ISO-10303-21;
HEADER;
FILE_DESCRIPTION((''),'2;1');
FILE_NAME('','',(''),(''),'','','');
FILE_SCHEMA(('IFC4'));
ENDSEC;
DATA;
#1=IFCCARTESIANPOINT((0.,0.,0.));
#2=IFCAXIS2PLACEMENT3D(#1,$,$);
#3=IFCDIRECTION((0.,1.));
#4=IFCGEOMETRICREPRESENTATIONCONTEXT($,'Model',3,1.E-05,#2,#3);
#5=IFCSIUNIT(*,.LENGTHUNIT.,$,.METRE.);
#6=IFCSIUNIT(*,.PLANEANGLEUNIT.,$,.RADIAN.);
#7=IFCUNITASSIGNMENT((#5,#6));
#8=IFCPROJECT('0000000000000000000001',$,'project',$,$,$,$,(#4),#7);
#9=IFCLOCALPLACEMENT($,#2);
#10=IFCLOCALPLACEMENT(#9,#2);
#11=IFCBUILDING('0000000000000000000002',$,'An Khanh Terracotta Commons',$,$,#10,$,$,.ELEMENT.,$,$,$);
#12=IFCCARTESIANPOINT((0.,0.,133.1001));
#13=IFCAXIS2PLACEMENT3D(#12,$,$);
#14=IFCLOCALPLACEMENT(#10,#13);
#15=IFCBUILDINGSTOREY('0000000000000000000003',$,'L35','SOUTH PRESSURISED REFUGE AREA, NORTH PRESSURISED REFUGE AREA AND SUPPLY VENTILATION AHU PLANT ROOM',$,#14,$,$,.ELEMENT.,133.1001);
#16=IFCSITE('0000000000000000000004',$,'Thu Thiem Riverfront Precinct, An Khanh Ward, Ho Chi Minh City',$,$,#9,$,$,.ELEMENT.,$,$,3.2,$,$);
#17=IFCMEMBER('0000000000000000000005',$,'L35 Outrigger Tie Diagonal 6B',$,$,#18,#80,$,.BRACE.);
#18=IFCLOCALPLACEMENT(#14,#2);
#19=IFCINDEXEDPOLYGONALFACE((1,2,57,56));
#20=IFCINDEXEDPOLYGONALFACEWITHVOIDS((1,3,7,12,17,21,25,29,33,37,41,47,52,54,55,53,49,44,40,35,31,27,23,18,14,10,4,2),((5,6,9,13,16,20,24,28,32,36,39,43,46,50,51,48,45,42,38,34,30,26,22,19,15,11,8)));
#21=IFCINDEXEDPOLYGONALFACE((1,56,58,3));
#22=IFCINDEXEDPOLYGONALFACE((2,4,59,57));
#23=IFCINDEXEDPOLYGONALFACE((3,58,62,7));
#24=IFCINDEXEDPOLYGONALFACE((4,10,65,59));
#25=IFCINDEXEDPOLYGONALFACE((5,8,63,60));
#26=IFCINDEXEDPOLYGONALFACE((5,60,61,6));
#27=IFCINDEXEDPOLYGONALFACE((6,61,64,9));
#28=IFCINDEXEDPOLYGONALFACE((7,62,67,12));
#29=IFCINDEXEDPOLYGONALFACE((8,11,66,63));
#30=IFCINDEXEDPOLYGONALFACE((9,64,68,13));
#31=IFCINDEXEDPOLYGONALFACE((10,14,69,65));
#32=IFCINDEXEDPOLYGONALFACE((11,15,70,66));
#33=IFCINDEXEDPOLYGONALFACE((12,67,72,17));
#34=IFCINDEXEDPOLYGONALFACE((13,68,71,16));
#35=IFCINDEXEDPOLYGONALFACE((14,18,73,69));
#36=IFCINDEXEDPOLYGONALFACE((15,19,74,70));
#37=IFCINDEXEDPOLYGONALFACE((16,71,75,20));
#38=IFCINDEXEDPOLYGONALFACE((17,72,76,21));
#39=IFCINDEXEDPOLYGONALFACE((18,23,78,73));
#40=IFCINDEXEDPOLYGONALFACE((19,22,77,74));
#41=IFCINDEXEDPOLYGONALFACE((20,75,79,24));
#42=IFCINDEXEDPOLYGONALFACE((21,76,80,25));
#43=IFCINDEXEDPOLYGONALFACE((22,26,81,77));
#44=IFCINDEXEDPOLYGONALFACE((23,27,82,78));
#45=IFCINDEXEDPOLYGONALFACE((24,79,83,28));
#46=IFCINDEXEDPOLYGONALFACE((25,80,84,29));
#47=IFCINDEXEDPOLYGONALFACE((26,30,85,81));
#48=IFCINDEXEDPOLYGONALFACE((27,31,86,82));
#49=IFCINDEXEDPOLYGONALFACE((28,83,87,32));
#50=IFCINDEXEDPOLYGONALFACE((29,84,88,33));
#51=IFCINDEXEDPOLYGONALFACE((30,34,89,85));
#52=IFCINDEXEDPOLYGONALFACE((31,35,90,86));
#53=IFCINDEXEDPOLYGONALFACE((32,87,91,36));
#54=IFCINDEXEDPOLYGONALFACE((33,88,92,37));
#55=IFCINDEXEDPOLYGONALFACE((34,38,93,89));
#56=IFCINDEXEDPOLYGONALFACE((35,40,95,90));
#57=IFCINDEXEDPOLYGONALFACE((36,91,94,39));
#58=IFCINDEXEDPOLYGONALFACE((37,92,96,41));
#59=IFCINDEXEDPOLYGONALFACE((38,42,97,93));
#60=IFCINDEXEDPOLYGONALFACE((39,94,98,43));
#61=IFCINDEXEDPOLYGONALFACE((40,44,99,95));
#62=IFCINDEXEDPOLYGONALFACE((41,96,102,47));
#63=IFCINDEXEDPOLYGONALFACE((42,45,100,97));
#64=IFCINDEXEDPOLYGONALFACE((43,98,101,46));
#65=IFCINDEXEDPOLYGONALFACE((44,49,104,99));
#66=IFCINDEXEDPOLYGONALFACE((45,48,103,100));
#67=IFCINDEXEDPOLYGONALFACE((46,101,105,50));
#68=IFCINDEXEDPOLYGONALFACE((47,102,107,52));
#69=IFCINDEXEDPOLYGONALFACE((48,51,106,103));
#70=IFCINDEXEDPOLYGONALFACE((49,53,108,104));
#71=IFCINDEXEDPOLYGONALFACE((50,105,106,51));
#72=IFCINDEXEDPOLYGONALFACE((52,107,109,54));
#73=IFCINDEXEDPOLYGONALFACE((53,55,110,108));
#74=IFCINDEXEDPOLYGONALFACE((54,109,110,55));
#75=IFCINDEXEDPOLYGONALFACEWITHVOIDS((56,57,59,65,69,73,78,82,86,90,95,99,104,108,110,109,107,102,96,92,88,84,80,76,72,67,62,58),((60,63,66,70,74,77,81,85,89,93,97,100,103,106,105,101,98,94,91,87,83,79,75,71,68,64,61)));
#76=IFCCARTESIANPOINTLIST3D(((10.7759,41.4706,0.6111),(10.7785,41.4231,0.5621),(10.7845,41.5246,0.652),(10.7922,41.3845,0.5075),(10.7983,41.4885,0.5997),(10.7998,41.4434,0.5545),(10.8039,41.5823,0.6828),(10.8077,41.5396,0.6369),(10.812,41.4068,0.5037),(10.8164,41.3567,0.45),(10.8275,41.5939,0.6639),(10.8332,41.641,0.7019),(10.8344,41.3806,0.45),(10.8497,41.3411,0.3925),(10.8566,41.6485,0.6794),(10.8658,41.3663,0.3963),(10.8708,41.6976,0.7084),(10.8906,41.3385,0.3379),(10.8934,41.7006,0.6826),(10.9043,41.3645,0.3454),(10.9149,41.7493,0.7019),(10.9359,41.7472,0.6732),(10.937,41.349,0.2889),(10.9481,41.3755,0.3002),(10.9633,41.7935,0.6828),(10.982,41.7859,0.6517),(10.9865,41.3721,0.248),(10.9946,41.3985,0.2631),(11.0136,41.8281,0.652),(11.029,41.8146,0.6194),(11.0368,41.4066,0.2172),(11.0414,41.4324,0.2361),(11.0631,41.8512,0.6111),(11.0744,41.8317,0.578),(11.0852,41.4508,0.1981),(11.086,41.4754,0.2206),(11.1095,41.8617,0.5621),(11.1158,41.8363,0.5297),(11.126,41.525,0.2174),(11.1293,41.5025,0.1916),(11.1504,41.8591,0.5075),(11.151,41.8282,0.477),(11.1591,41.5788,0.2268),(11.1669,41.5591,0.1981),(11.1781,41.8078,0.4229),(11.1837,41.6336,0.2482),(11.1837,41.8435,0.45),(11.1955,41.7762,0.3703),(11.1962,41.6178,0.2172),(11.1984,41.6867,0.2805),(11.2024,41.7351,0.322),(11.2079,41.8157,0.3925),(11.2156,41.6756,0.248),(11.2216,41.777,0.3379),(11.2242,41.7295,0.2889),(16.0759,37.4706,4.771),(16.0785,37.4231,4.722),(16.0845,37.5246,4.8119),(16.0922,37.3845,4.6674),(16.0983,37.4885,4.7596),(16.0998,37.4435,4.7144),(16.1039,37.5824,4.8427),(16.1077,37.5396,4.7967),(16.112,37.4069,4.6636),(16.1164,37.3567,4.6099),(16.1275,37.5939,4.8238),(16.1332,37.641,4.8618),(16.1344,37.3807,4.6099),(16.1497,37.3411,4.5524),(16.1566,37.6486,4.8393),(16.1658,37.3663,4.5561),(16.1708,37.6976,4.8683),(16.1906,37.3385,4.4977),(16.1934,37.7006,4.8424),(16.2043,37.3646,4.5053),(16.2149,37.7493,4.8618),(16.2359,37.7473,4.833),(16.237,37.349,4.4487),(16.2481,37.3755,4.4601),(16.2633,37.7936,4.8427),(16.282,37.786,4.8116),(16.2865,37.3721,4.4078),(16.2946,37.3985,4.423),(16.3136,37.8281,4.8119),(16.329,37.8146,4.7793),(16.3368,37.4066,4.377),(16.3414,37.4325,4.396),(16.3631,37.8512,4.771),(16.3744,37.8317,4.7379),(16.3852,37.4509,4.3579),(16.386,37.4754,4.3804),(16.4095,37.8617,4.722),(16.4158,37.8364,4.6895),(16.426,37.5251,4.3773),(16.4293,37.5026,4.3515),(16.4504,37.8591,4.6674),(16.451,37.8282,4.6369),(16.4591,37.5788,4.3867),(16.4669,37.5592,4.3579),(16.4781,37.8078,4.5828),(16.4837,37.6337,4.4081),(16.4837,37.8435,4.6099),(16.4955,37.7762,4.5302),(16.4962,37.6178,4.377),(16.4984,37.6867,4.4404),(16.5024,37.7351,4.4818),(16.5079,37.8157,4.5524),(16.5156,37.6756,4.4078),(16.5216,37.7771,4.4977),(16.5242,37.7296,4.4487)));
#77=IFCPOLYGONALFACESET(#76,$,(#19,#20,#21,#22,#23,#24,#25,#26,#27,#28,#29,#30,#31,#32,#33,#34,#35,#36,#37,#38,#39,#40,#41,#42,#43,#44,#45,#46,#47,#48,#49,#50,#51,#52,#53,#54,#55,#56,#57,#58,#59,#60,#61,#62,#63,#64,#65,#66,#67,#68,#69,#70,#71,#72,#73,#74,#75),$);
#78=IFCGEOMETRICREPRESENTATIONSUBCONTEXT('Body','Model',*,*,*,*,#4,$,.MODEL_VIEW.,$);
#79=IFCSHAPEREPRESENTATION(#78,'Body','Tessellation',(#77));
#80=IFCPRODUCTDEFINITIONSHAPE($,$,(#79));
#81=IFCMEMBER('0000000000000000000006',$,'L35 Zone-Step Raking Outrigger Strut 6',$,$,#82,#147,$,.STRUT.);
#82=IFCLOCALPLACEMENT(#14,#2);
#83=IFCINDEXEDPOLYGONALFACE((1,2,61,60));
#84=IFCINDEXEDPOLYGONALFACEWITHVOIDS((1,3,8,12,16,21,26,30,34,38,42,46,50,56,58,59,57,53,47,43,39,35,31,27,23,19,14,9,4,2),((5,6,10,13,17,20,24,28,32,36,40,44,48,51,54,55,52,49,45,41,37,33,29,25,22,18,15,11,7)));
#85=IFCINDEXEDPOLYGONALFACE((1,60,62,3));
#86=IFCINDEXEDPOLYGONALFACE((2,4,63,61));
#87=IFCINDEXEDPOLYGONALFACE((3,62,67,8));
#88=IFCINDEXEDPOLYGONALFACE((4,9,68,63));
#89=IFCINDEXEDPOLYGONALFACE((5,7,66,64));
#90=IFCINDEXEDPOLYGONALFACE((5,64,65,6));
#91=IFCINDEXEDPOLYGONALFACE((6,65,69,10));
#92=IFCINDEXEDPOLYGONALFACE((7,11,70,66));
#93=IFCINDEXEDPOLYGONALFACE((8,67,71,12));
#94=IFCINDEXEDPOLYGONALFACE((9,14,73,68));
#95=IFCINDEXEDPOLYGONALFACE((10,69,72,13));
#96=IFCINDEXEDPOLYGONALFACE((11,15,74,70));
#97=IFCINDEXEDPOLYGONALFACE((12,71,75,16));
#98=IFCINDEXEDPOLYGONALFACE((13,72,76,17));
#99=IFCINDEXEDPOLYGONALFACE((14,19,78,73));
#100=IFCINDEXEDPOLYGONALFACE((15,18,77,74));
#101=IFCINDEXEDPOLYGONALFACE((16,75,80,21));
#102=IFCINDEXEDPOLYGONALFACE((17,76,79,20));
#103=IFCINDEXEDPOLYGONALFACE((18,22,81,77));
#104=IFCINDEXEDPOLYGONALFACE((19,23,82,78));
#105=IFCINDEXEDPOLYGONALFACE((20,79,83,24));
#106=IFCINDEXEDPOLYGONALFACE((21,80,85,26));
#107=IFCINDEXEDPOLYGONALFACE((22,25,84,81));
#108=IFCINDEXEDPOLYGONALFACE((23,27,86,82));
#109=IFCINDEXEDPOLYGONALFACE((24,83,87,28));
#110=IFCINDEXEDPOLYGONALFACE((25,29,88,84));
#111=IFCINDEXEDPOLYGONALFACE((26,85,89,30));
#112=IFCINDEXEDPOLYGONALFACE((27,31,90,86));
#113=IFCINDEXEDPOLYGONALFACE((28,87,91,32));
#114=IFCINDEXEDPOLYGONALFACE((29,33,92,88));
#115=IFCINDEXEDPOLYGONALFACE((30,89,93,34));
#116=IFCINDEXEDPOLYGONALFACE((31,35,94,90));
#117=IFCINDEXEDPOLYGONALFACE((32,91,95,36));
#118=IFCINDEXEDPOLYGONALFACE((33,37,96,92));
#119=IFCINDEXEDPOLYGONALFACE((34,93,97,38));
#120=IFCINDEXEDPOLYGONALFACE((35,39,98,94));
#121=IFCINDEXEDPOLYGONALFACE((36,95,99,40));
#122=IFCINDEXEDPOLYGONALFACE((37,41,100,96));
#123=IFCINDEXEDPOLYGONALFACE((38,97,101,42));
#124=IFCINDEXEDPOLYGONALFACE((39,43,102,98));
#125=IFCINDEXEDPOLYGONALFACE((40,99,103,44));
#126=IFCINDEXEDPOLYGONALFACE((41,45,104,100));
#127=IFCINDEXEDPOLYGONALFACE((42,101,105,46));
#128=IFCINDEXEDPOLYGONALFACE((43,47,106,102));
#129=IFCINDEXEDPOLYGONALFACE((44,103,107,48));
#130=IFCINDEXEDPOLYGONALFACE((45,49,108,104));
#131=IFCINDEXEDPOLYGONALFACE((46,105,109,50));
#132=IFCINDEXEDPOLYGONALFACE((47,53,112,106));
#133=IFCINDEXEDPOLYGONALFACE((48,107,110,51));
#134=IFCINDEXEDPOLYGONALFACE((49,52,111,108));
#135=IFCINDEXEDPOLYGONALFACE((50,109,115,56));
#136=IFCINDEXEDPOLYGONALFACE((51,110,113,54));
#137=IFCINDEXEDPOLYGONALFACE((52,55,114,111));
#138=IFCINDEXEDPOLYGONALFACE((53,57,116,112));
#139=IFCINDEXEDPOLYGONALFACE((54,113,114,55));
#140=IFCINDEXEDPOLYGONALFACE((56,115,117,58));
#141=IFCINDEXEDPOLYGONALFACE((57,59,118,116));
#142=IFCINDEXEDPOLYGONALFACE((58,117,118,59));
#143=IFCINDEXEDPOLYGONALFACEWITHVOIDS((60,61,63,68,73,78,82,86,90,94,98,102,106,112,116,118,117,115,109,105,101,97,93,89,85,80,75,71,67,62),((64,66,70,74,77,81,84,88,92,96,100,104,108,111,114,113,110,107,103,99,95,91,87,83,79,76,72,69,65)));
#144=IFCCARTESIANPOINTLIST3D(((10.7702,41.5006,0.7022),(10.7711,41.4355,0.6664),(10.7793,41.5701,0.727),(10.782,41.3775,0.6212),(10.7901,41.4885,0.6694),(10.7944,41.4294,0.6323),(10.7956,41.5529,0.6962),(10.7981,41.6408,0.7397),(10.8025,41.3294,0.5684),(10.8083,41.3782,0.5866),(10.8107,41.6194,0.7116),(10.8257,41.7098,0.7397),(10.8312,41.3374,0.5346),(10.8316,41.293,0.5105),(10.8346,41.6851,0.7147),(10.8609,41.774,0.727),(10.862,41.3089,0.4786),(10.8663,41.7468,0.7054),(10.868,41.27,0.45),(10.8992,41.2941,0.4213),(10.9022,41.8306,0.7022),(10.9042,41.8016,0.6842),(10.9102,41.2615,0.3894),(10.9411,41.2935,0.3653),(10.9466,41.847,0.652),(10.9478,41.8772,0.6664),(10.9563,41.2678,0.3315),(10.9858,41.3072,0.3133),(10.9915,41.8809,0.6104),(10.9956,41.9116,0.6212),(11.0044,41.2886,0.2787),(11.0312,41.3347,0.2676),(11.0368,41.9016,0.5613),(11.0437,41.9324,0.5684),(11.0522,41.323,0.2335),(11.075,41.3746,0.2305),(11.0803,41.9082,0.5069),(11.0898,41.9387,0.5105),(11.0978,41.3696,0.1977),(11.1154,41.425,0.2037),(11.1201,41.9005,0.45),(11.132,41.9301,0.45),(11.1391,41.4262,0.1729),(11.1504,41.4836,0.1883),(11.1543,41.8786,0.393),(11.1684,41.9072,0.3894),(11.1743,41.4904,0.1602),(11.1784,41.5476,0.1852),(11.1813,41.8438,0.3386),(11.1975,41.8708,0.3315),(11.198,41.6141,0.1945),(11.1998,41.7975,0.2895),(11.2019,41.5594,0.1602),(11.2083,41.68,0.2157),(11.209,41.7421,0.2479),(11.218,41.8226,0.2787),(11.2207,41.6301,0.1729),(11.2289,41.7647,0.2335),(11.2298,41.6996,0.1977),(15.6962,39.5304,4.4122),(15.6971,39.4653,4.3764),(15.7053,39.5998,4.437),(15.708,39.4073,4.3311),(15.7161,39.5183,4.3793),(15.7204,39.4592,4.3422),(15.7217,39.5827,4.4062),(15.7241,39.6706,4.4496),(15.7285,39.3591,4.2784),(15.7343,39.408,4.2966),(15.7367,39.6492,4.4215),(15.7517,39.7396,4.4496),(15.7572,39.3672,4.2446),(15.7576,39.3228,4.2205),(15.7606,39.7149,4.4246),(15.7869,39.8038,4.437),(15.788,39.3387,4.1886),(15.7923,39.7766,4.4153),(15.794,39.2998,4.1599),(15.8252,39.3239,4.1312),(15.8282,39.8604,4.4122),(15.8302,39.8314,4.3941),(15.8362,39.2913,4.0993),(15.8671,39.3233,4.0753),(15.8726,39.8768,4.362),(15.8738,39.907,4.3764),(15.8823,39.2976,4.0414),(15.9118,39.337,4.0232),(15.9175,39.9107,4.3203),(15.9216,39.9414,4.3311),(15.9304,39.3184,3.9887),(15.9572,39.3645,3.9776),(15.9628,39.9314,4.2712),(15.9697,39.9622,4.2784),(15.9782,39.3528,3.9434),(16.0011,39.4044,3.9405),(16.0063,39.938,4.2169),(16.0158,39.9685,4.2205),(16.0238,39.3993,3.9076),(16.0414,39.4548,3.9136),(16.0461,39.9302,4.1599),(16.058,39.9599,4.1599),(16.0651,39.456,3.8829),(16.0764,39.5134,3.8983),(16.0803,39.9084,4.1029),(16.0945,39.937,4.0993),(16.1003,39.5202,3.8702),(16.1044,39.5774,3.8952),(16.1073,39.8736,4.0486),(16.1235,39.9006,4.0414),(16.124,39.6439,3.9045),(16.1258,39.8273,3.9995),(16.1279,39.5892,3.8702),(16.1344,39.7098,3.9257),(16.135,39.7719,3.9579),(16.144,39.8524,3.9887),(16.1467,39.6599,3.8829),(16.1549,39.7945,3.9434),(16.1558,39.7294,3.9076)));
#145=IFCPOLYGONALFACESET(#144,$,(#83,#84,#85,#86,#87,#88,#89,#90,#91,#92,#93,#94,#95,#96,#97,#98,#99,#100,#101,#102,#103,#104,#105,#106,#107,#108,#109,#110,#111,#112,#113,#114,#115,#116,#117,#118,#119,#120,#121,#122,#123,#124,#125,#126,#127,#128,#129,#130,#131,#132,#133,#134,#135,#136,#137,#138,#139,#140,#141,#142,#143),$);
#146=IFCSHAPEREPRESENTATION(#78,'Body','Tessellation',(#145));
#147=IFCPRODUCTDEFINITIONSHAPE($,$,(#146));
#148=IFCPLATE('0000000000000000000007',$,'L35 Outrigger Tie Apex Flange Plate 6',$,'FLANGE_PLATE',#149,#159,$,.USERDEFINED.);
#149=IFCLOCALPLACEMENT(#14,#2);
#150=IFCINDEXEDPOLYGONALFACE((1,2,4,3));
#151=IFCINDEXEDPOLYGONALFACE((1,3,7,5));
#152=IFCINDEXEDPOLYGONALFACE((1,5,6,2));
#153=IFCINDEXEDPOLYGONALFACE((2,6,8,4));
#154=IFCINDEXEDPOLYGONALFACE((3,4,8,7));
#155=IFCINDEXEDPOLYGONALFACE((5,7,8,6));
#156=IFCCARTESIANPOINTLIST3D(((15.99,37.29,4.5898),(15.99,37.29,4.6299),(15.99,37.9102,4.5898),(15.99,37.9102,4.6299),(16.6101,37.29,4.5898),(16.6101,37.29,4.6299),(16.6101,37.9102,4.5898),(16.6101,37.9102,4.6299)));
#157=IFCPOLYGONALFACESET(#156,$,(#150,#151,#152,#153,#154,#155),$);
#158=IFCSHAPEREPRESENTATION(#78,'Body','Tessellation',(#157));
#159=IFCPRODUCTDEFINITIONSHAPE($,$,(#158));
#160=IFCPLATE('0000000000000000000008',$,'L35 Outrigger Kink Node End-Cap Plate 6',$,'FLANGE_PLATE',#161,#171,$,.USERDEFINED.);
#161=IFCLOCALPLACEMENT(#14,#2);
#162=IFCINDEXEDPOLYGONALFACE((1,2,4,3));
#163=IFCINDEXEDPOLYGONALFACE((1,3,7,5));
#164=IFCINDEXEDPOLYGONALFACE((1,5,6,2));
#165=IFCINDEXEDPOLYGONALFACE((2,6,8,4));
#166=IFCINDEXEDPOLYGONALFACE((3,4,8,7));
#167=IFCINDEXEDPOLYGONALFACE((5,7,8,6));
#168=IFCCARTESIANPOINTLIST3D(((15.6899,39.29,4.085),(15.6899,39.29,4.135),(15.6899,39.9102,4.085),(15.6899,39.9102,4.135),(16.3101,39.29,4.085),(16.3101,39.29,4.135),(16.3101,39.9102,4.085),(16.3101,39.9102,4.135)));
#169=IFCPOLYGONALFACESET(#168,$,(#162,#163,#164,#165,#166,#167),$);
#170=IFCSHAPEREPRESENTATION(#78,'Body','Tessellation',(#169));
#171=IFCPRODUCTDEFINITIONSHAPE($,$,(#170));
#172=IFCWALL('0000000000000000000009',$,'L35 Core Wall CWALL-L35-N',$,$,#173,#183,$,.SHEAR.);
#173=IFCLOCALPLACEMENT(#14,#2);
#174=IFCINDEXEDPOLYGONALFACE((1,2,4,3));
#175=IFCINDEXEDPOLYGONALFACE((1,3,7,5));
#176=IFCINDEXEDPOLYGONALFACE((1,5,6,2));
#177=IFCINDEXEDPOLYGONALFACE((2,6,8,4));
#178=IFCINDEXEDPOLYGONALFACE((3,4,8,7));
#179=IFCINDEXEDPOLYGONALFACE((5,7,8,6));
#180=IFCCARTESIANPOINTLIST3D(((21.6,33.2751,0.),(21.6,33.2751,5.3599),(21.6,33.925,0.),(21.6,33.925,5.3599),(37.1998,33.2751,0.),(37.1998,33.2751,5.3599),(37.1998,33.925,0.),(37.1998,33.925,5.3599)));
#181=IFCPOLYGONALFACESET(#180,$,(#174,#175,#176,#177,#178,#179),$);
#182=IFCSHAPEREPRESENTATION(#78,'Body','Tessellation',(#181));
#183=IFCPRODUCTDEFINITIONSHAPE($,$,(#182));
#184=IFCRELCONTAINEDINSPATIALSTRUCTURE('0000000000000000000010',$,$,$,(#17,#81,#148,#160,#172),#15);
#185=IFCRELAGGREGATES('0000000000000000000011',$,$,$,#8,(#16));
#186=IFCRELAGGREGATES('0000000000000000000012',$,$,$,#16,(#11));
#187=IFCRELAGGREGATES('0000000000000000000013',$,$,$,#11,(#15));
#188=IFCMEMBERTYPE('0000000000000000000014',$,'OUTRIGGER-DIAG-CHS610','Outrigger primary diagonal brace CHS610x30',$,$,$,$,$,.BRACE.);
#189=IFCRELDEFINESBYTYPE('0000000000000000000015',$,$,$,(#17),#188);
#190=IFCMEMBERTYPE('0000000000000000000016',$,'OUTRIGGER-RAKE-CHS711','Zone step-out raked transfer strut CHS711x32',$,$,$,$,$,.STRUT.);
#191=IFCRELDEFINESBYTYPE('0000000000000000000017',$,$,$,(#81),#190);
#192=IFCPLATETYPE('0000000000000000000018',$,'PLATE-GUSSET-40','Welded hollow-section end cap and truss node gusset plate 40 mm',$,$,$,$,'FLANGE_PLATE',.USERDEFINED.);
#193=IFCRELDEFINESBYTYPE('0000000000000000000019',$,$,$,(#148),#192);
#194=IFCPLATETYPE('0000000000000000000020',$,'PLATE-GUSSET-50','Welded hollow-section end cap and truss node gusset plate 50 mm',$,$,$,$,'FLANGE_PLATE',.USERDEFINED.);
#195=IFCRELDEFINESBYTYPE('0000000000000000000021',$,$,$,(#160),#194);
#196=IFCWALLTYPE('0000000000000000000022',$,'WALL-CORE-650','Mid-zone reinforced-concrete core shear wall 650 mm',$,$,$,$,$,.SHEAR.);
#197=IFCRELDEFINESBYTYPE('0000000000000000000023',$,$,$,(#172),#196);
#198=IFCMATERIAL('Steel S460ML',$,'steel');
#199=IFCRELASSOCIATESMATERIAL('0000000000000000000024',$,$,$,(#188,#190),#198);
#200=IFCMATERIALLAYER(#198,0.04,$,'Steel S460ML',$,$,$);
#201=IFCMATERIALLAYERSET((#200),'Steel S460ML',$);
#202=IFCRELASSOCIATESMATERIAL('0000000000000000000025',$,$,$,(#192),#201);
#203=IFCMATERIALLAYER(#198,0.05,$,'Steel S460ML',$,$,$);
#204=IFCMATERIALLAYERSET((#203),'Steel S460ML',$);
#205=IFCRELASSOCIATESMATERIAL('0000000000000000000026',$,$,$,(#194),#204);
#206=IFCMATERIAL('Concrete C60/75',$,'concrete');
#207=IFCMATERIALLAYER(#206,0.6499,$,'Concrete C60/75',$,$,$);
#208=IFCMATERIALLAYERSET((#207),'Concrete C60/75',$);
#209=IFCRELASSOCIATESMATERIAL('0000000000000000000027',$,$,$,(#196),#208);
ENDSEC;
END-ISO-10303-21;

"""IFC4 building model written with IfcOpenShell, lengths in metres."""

from ifc_helpers import new_model, si_unit, direction, frame, frame_2d, origin, origin_2d, place, context, subcontext, project, spatial, rectangle, hollow_circle, extrude, material, layer, layer_set, material_profile, profile_set, type_object, element, save


model = new_model("IFC4")

# Units and contexts
model_context = context("Model", 3, precision=1e-05, world=origin(), true_north=direction((0.0, 1.0)))
body_context = subcontext(model_context, "Body", "Model", "MODEL_VIEW")
ifc_project = project(units=[si_unit("LENGTHUNIT", "METRE"), si_unit("PLANEANGLEUNIT", "RADIAN")], contexts=[model_context])

# Site, building, storey
site_placement = place(None, origin())
site = spatial("IfcSite", under=ifc_project, at=site_placement, Name="Thu Thiem Riverfront Precinct, An Khanh Ward, Ho Chi Minh City", CompositionType="ELEMENT", RefElevation=3.2)
building_placement = place(site_placement, origin())
building = spatial("IfcBuilding", under=site, at=building_placement, Name="An Khanh Terracotta Commons", CompositionType="ELEMENT")
storey_placement = place(building_placement, frame((0.0, 0.0, 133.1001)))
storey = spatial("IfcBuildingStorey", under=building, at=storey_placement, Name="L35", Description="SOUTH PRESSURISED REFUGE AREA, NORTH PRESSURISED REFUGE AREA AND SUPPLY VENTILATION AHU PLANT ROOM", CompositionType="ELEMENT", Elevation=133.1001)

# Shared definitions
ifc_material_1 = material(Name="Steel S460ML", Category="steel")

# Shared definitions
ifc_material_2 = material(Name="Concrete C60/75", Category="concrete")

# Members
ifc_material_profile_1 = material_profile(ifc_material_1, hollow_circle(Radius=0.3049, WallThickness=0.03, at=origin_2d()), Name="CHS610x30")
ifc_profile_set_1 = profile_set([ifc_material_profile_1], Name="Steel S460ML")
member_type_1 = type_object("IfcMemberType", Name="OUTRIGGER-DIAG-CHS610", Description="Outrigger primary diagonal brace CHS610x30", PredefinedType="BRACE", material=ifc_profile_set_1)
for number, where, z_axis, x_axis, name in (
    (1, (16.3, 37.6001, 4.6099), (-0.676413, 0.510496, -0.530904), (-0.602403, -0.798192, 0.0), "L35 Outrigger Tie Diagonal 6B"),
):
    element("IfcMember", number, at=place(storey_placement, frame(where, z_axis=z_axis, x_axis=x_axis)), inside=storey, type_object=member_type_1, Name=name, PredefinedType="BRACE", context=body_context, shape_type="SweptSolid", body=[
        extrude(hollow_circle(Radius=0.3049, WallThickness=0.03, at=origin_2d()), origin(), (0.0, 0.0, 1.0), 7.8354),
    ])
ifc_material_profile_2 = material_profile(ifc_material_1, hollow_circle(Radius=0.3555, WallThickness=0.032, at=origin_2d()), Name="CHS711x32")
ifc_profile_set_2 = profile_set([ifc_material_profile_2], Name="Steel S460ML")
member_type_2 = type_object("IfcMemberType", Name="OUTRIGGER-RAKE-CHS711", Description="Zone step-out raked transfer strut CHS711x32", PredefinedType="STRUT", material=ifc_profile_set_2)
member_1_placement = place(storey_placement, frame((11.0, 41.6001, 0.45), z_axis=(0.760906, -0.304332, 0.573065), x_axis=(0.371359, 0.928489, 0.0)))
element("IfcMember", 2, at=member_1_placement, inside=storey, type_object=member_type_2, Name="L35 Zone-Step Raking Outrigger Strut 6", PredefinedType="STRUT", context=body_context, shape_type="SweptSolid", body=[
    extrude(hollow_circle(Radius=0.3555, WallThickness=0.032, at=origin_2d()), origin(), (0.0, 0.0, 1.0), 6.4739),
])

# Plates
ifc_layer_1 = layer(ifc_material_1, 0.04, Name="Steel S460ML")
ifc_layer_set_1 = layer_set([ifc_layer_1], Name="Steel S460ML")
plate_type_1 = type_object("IfcPlateType", Name="PLATE-GUSSET-40", Description="Welded hollow-section end cap and truss node gusset plate 40 mm", ElementType="FLANGE_PLATE", PredefinedType="USERDEFINED", material=ifc_layer_set_1)
plate_1_placement = place(storey_placement, frame((16.3, 37.6001, 4.5898), z_axis=(0.0, 0.0, 1.0), x_axis=(1.0, 0.0, 0.0)))
element("IfcPlate", 3, at=plate_1_placement, inside=storey, type_object=plate_type_1, Name="L35 Outrigger Tie Apex Flange Plate 6", ObjectType="FLANGE_PLATE", PredefinedType="USERDEFINED", context=body_context, shape_type="SweptSolid", body=[
    extrude(rectangle(XDim=0.6201, YDim=0.6201, at=origin_2d()), origin(), (0.0, 0.0, 1.0), 0.04),
])
ifc_layer_2 = layer(ifc_material_1, 0.05, Name="Steel S460ML")
ifc_layer_set_2 = layer_set([ifc_layer_2], Name="Steel S460ML")
plate_type_2 = type_object("IfcPlateType", Name="PLATE-GUSSET-50", Description="Welded hollow-section end cap and truss node gusset plate 50 mm", ElementType="FLANGE_PLATE", PredefinedType="USERDEFINED", material=ifc_layer_set_2)
plate_2_placement = place(storey_placement, frame((16.0, 39.6001, 4.085), z_axis=(0.0, 0.0, 1.0), x_axis=(1.0, 0.0, 0.0)))
element("IfcPlate", 4, at=plate_2_placement, inside=storey, type_object=plate_type_2, Name="L35 Outrigger Kink Node End-Cap Plate 6", ObjectType="FLANGE_PLATE", PredefinedType="USERDEFINED", context=body_context, shape_type="SweptSolid", body=[
    extrude(rectangle(XDim=0.6201, YDim=0.6201, at=origin_2d()), origin(), (0.0, 0.0, 1.0), 0.05),
])

# Wall
ifc_layer_3 = layer(ifc_material_2, 0.6499, Name="Concrete C60/75")
ifc_layer_set_3 = layer_set([ifc_layer_3], Name="Concrete C60/75")
wall_type_1 = type_object("IfcWallType", Name="WALL-CORE-650", Description="Mid-zone reinforced-concrete core shear wall 650 mm", PredefinedType="SHEAR", material=ifc_layer_set_3)
wall_1_placement = place(storey_placement, frame((21.6001, 33.6001, 0.0), z_axis=(0.0, 0.0, 1.0), x_axis=(1.0, 0.0, 0.0)))
element("IfcWall", 5, at=wall_1_placement, inside=storey, type_object=wall_type_1, Name="L35 Core Wall CWALL-L35-N", PredefinedType="SHEAR", context=body_context, shape_type="SweptSolid", body=[
    extrude(rectangle(XDim=15.5999, YDim=0.6499, at=frame_2d((7.7998, 0.0))), origin(), (0.0, 0.0, 1.0), 5.3599),
])

save(model, "model.ifc")
